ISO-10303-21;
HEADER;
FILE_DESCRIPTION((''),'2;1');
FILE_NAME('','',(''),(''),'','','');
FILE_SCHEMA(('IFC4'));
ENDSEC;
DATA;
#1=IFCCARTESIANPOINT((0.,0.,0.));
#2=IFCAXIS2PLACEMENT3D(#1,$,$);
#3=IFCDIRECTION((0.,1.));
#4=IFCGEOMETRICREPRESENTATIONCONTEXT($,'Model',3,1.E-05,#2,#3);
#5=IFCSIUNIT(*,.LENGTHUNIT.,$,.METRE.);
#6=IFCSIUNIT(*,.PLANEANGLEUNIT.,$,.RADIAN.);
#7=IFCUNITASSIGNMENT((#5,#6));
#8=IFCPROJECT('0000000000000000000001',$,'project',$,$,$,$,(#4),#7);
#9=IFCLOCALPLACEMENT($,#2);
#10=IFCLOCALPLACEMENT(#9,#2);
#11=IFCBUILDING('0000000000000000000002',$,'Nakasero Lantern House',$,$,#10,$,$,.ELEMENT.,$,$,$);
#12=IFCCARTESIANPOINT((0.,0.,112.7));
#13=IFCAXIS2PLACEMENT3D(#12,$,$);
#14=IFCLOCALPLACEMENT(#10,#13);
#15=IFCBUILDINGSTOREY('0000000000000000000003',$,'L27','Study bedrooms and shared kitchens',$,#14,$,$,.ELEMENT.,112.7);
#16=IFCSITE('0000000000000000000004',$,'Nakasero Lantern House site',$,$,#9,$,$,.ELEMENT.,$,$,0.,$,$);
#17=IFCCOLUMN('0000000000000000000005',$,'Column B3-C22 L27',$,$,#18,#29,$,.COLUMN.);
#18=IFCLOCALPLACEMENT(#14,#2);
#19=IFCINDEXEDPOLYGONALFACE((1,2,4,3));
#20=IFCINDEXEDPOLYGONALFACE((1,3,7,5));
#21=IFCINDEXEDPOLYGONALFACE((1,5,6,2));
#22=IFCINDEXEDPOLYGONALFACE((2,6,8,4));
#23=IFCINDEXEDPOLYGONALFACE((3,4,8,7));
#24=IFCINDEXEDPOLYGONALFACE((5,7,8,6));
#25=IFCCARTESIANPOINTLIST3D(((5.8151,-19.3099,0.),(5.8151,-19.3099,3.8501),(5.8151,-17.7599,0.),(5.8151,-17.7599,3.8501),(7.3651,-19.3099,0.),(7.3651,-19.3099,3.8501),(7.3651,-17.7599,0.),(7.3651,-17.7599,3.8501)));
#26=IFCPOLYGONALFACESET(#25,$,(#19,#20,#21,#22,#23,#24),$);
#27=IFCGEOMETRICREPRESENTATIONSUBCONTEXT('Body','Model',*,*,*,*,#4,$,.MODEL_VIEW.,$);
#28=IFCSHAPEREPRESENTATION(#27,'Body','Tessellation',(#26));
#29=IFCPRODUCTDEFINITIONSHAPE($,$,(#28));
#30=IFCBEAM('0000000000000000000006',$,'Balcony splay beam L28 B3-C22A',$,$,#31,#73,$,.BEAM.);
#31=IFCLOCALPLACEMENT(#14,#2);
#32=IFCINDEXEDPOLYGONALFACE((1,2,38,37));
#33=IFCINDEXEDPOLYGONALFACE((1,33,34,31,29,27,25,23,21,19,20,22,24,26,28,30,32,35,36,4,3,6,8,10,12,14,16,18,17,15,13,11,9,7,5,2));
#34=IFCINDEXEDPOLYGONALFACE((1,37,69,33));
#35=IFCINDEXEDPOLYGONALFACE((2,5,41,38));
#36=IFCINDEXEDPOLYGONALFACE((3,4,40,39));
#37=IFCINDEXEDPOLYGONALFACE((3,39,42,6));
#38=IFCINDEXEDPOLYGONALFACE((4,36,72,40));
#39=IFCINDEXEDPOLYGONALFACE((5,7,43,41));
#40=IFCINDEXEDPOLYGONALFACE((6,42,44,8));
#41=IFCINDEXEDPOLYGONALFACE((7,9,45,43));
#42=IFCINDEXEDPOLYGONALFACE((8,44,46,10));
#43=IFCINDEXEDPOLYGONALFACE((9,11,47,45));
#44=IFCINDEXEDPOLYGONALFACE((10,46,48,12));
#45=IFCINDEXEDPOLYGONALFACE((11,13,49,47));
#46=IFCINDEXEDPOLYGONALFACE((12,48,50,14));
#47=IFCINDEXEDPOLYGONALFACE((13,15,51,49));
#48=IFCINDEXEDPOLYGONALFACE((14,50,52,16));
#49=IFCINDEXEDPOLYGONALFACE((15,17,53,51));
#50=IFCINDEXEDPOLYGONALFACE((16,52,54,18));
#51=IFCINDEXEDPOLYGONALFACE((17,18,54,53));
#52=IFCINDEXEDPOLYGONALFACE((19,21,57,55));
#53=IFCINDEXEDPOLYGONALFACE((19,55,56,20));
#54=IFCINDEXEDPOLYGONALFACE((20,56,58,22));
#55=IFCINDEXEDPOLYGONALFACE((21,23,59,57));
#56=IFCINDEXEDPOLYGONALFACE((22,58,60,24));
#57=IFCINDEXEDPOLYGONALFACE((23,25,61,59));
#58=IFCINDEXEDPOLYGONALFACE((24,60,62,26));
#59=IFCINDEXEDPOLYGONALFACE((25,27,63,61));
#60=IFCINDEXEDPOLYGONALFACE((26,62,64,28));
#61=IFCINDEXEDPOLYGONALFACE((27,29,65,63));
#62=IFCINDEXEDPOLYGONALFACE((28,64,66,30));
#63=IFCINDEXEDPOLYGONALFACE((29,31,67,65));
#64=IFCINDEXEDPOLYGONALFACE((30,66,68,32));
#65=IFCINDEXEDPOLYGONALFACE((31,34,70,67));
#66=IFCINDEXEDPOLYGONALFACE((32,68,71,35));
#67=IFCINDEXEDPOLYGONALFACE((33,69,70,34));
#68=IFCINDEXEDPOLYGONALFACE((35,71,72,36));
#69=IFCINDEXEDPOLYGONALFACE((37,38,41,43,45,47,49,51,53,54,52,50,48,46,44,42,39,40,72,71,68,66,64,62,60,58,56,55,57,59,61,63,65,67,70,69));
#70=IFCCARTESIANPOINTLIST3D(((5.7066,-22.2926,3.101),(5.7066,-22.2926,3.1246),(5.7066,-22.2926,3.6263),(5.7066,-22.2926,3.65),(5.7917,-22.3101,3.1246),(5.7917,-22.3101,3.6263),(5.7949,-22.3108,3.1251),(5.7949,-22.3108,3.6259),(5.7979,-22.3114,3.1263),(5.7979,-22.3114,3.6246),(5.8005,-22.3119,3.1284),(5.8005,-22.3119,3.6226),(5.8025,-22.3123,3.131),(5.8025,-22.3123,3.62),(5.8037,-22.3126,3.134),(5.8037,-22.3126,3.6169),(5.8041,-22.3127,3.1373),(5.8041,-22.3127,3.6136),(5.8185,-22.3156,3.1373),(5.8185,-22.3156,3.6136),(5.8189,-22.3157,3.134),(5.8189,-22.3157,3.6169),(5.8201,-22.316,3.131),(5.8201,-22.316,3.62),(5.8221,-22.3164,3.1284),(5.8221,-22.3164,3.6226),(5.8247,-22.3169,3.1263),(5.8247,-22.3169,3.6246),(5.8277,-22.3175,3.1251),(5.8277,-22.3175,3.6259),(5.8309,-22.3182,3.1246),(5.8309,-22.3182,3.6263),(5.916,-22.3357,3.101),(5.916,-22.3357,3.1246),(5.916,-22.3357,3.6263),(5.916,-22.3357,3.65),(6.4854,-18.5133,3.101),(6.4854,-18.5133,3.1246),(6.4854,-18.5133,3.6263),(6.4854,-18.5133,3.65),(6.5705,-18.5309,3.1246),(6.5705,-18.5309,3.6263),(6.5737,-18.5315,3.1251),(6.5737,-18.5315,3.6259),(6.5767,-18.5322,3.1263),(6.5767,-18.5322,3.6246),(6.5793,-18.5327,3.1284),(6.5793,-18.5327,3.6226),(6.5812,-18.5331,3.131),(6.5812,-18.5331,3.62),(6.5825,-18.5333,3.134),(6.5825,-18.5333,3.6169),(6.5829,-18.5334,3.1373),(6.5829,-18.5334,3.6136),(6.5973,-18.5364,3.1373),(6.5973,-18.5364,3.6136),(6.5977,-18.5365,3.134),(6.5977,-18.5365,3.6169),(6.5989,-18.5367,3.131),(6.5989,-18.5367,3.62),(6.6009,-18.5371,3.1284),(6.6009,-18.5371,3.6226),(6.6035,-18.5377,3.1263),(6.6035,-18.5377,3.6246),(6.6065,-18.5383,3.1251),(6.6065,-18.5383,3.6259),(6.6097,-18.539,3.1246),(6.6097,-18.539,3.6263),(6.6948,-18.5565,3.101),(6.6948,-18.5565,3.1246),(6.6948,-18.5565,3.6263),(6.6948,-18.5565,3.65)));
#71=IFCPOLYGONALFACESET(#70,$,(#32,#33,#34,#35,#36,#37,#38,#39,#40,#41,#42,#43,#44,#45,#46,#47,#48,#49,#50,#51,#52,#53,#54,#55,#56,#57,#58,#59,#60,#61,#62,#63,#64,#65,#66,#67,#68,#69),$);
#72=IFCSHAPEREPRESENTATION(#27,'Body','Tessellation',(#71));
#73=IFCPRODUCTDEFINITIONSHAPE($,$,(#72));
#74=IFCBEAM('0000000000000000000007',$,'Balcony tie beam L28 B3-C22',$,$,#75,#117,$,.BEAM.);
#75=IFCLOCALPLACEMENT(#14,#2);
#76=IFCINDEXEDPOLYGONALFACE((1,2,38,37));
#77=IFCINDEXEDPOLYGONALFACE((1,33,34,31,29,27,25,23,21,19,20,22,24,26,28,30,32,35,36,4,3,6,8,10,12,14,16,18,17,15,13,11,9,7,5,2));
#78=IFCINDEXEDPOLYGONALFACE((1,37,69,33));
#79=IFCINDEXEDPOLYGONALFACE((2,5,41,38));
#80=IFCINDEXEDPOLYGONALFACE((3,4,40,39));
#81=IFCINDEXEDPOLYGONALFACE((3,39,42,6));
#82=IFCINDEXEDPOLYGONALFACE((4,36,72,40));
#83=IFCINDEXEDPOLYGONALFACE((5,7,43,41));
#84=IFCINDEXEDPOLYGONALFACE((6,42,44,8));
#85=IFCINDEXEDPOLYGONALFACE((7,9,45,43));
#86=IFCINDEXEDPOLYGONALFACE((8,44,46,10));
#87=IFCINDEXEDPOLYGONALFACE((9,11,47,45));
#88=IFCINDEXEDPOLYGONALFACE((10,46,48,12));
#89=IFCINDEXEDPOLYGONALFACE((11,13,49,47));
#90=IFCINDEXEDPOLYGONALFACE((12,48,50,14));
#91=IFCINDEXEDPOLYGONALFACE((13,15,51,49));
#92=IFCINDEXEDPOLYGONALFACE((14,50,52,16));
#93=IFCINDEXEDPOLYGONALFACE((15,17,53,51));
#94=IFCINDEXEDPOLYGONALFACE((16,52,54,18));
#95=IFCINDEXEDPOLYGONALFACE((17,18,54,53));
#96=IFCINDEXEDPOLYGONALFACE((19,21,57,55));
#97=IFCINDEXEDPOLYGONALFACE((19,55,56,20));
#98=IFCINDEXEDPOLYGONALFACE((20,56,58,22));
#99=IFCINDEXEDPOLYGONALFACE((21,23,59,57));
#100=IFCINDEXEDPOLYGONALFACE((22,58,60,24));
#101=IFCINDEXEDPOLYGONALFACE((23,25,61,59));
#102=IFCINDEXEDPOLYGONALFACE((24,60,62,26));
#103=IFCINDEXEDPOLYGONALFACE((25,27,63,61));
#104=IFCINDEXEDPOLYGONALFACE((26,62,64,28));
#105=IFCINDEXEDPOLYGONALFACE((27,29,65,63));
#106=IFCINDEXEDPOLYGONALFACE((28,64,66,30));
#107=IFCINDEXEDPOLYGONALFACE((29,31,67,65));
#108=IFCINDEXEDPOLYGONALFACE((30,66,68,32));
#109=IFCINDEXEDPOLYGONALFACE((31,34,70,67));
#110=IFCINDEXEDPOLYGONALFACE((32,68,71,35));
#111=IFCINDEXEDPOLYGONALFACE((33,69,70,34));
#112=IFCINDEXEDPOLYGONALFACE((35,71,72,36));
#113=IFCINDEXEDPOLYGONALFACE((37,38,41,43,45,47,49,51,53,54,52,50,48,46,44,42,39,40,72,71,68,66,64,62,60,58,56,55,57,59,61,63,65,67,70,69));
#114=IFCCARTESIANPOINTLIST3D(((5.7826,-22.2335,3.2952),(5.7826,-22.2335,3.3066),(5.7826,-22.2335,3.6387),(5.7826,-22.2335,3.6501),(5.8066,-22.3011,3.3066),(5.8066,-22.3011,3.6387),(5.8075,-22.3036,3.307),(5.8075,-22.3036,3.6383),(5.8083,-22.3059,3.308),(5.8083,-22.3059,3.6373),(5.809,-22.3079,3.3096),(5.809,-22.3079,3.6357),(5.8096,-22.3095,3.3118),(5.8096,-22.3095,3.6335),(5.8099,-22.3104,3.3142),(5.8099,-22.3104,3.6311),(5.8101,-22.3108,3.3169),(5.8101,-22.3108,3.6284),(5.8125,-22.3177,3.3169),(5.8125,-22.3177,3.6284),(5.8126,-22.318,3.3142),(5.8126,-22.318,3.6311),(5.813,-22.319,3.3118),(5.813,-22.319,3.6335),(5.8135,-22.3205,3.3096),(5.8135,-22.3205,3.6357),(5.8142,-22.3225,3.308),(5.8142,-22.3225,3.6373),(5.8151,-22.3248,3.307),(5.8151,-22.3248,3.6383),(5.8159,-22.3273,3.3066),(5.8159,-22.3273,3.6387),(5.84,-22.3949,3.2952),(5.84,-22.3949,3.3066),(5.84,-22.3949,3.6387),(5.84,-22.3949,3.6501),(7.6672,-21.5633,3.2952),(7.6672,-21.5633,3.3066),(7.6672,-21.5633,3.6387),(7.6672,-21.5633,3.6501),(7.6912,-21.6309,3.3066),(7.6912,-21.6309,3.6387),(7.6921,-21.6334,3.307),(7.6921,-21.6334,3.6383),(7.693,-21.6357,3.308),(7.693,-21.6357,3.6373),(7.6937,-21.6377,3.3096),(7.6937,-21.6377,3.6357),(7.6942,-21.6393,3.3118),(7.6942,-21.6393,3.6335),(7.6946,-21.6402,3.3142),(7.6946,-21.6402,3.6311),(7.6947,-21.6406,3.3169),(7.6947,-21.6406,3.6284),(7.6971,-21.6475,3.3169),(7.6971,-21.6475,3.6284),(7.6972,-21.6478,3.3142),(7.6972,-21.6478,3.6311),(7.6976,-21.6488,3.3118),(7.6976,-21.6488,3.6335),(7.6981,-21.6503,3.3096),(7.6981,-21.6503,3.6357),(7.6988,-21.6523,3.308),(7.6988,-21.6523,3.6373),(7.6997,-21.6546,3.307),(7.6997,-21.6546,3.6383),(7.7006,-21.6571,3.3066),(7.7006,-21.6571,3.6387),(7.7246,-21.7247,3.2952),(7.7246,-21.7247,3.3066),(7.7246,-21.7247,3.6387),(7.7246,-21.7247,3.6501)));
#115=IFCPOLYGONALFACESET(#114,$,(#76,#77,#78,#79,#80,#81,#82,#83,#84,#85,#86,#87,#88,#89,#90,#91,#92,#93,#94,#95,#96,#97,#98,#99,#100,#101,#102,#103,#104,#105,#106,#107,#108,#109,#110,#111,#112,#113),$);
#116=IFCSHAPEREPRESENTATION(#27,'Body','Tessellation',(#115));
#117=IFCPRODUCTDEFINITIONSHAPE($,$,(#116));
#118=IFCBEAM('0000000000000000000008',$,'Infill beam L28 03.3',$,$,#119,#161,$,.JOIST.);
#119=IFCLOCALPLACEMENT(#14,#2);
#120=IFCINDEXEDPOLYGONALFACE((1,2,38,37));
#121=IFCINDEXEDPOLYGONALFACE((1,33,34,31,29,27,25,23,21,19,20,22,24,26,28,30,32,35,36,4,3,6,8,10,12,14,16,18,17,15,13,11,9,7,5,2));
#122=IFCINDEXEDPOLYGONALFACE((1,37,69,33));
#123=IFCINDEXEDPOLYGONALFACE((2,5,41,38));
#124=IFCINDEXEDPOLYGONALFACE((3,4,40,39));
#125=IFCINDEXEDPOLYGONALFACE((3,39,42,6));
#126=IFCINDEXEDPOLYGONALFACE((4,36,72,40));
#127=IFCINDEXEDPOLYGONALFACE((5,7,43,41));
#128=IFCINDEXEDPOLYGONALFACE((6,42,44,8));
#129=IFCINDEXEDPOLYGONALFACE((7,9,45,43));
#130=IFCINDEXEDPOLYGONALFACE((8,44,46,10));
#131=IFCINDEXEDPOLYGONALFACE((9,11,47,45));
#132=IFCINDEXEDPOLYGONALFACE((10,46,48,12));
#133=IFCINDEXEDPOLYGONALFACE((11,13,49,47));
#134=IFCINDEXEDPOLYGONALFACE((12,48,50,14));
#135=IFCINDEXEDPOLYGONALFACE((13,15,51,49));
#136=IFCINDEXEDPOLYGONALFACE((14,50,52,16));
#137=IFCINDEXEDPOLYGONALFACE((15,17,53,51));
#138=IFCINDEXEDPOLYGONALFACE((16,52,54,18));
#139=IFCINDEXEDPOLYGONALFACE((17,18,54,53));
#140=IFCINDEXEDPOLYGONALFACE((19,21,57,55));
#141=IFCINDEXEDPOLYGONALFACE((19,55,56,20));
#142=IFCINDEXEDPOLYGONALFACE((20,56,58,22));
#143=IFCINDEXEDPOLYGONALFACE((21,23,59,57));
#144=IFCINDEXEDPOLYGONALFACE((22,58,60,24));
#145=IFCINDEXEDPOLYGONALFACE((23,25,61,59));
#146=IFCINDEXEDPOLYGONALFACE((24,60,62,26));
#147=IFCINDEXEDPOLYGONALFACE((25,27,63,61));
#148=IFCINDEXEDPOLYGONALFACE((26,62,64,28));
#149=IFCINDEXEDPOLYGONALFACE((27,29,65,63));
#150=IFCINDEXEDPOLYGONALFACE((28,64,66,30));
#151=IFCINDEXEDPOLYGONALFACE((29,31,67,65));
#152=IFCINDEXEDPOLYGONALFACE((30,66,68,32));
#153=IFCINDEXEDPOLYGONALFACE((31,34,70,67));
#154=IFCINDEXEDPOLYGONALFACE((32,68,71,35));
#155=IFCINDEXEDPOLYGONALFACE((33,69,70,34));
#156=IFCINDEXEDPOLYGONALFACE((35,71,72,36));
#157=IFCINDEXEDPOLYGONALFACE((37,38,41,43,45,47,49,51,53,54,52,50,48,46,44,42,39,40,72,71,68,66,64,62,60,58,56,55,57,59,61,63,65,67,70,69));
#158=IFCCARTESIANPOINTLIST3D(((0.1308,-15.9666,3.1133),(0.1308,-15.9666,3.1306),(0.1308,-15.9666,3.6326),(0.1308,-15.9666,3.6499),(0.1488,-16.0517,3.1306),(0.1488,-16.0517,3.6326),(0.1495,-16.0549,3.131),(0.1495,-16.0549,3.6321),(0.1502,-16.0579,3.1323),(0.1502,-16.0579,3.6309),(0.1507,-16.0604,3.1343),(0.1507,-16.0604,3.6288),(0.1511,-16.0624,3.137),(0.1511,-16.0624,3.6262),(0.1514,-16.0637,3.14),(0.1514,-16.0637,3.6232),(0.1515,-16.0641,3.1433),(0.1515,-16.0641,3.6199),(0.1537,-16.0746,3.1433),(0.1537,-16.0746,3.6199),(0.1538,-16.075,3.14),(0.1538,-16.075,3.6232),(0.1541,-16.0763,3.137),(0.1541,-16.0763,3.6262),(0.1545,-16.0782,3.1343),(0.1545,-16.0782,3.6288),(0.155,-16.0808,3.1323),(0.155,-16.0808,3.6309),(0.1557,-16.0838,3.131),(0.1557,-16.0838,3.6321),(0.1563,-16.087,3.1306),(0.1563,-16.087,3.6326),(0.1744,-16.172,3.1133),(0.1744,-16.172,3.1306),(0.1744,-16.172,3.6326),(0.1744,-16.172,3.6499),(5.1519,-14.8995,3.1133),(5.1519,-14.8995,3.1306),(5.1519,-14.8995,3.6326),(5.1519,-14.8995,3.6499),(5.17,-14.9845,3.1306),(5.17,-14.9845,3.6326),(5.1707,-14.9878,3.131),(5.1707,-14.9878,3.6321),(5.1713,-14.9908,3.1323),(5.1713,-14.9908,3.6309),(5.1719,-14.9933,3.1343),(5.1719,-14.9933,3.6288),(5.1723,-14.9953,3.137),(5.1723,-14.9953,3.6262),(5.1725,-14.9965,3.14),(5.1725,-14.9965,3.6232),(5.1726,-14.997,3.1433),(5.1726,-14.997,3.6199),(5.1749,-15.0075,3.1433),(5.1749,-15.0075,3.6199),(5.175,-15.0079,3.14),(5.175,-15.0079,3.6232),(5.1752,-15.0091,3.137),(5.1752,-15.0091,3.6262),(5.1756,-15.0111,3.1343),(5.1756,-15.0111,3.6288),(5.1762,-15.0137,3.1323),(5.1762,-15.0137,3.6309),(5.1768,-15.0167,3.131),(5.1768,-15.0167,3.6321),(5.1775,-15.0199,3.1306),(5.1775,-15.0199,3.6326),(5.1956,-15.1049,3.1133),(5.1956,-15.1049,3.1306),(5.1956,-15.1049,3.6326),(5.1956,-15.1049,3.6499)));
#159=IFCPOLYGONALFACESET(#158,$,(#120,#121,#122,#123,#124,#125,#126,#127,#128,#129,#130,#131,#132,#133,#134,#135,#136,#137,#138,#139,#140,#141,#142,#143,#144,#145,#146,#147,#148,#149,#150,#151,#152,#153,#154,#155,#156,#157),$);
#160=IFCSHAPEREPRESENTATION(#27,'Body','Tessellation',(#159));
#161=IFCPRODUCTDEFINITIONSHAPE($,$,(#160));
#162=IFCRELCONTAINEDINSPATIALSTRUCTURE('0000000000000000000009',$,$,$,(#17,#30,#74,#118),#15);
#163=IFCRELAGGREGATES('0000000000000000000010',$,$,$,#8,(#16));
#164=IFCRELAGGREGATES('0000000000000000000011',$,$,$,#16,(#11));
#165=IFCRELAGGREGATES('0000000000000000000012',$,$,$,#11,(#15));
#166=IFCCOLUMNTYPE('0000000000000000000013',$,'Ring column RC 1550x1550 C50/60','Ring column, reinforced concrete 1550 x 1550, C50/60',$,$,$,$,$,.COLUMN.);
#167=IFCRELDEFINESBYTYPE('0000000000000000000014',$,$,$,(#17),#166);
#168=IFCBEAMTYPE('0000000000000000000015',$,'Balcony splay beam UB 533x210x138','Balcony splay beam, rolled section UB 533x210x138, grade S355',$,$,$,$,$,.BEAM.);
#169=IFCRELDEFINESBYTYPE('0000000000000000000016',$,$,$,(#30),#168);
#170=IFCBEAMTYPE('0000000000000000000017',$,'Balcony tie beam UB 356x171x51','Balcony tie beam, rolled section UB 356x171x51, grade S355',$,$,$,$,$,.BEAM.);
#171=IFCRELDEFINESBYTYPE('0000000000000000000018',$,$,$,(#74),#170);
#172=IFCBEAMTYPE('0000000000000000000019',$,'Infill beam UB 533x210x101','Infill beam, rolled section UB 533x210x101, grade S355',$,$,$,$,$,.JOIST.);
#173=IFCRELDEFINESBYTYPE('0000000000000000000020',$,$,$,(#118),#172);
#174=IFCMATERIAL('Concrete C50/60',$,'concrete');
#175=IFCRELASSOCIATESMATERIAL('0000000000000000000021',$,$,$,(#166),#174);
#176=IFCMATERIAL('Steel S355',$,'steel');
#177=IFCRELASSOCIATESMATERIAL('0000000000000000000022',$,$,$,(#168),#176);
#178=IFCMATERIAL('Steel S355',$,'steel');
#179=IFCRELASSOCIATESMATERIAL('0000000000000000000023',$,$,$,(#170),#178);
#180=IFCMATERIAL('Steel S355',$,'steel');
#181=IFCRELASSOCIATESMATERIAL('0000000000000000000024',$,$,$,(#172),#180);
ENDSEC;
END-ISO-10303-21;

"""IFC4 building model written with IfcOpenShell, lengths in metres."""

from ifc_helpers import new_model, si_unit, direction, frame, origin, origin_2d, place, context, subcontext, project, spatial, rectangle, i_section, extrude, material, material_profile, profile_set, type_object, element, save


model = new_model("IFC4")

# Units and contexts
model_context = context("Model", 3, precision=1e-05, world=origin(), true_north=direction((0.0, 1.0)))
body_context = subcontext(model_context, "Body", "Model", "MODEL_VIEW")
ifc_project = project(units=[si_unit("LENGTHUNIT", "METRE"), si_unit("PLANEANGLEUNIT", "RADIAN")], contexts=[model_context])

# Site, building, storey
site_placement = place(None, origin())
site = spatial("IfcSite", under=ifc_project, at=site_placement, Name="Nakasero Lantern House site", CompositionType="ELEMENT", RefElevation=0.0)
building_placement = place(site_placement, origin())
building = spatial("IfcBuilding", under=site, at=building_placement, Name="Nakasero Lantern House", CompositionType="ELEMENT")
storey_placement = place(building_placement, frame((0.0, 0.0, 112.7)))
storey = spatial("IfcBuildingStorey", under=building, at=storey_placement, Name="L27", Description="Study bedrooms and shared kitchens", CompositionType="ELEMENT", Elevation=112.7)

# Column
ifc_material_1 = material(Name="Concrete C50/60", Category="concrete")
ifc_material_profile_1 = material_profile(ifc_material_1, rectangle(XDim=1.55, YDim=1.55, at=origin_2d()), Name="RC 1550x1550")
ifc_profile_set_1 = profile_set([ifc_material_profile_1], Name="Concrete C50/60")
column_type = type_object("IfcColumnType", Name="Ring column RC 1550x1550 C50/60", Description="Ring column, reinforced concrete 1550 x 1550, C50/60", PredefinedType="COLUMN", material=ifc_profile_set_1)
column_placement = place(storey_placement, frame((6.5901, -18.5349, 0.0), z_axis=(0.0, 0.0, 1.0), x_axis=(1.0, 0.0, 0.0)))
element("IfcColumn", 1, at=column_placement, inside=storey, type_object=column_type, Name="Column B3-C22 L27", PredefinedType="COLUMN", context=body_context, shape_type="SweptSolid", body=[
    extrude(rectangle(XDim=1.55, YDim=1.55, at=origin_2d()), origin(), (0.0, 0.0, 1.0), 3.8501),
])

# Beams
ifc_material_2 = material(Name="Steel S355", Category="steel")
ifc_material_profile_2 = material_profile(ifc_material_2, i_section(OverallWidth=0.2139, OverallDepth=0.5491, WebThickness=0.0146, FlangeThickness=0.0237, FilletRadius=0.0127, at=origin_2d()), Name="UB 533x210x138")
ifc_profile_set_2 = profile_set([ifc_material_profile_2], Name="Steel S355")
beam_type_1 = type_object("IfcBeamType", Name="Balcony splay beam UB 533x210x138", Description="Balcony splay beam, rolled section UB 533x210x138, grade S355", PredefinedType="BEAM", material=ifc_profile_set_2)
beam_1_placement = place(storey_placement, frame((6.5901, -18.5349, 3.3755), z_axis=(-0.201831, -0.97942, 0.0), x_axis=(0.97942, -0.201831, 0.0)))
element("IfcBeam", 2, at=beam_1_placement, inside=storey, type_object=beam_type_1, Name="Balcony splay beam L28 B3-C22A", PredefinedType="BEAM", context=body_context, shape_type="SweptSolid", body=[
    extrude(i_section(OverallWidth=0.2139, OverallDepth=0.5491, WebThickness=0.0146, FlangeThickness=0.0237, FilletRadius=0.0127, at=origin_2d()), origin(), (0.0, 0.0, 1.0), 3.8586),
])
ifc_material_3 = material(Name="Steel S355", Category="steel")
ifc_material_profile_3 = material_profile(ifc_material_3, i_section(OverallWidth=0.1714, OverallDepth=0.355, WebThickness=0.0073, FlangeThickness=0.0115, FilletRadius=0.0103, at=origin_2d()), Name="UB 356x171x51")
ifc_profile_set_3 = profile_set([ifc_material_profile_3], Name="Steel S355")
beam_type_2 = type_object("IfcBeamType", Name="Balcony tie beam UB 356x171x51", Description="Balcony tie beam, rolled section UB 356x171x51, grade S355", PredefinedType="BEAM", material=ifc_profile_set_3)
beam_2_placement = place(storey_placement, frame((5.8113, -22.3142, 3.4727), z_axis=(0.942197, 0.33506, 0.0), x_axis=(-0.33506, 0.942197, 0.0)))
element("IfcBeam", 3, at=beam_2_placement, inside=storey, type_object=beam_type_2, Name="Balcony tie beam L28 B3-C22", PredefinedType="BEAM", context=body_context, shape_type="SweptSolid", body=[
    extrude(i_section(OverallWidth=0.1714, OverallDepth=0.355, WebThickness=0.0073, FlangeThickness=0.0115, FilletRadius=0.0103, at=origin_2d()), origin(), (0.0, 0.0, 1.0), 2.0002),
])
ifc_material_4 = material(Name="Steel S355", Category="steel")
ifc_material_profile_4 = material_profile(ifc_material_4, i_section(OverallWidth=0.21, OverallDepth=0.5366, WebThickness=0.0107, FlangeThickness=0.0173, FilletRadius=0.0127, at=origin_2d()), Name="UB 533x210x101")
ifc_profile_set_4 = profile_set([ifc_material_profile_4], Name="Steel S355")
beam_type_3 = type_object("IfcBeamType", Name="Infill beam UB 533x210x101", Description="Infill beam, rolled section UB 533x210x101, grade S355", PredefinedType="JOIST", material=ifc_profile_set_4)
beam_3_placement = place(storey_placement, frame((0.1526, -16.0693, 3.3816), z_axis=(0.978154, 0.207882, 0.0), x_axis=(-0.207882, 0.978154, 0.0)))
element("IfcBeam", 4, at=beam_3_placement, inside=storey, type_object=beam_type_3, Name="Infill beam L28 03.3", PredefinedType="JOIST", context=body_context, shape_type="SweptSolid", body=[
    extrude(i_section(OverallWidth=0.21, OverallDepth=0.5366, WebThickness=0.0107, FlangeThickness=0.0173, FilletRadius=0.0127, at=origin_2d()), origin(), (0.0, 0.0, 1.0), 5.1333),
])

save(model, "model.ifc")
